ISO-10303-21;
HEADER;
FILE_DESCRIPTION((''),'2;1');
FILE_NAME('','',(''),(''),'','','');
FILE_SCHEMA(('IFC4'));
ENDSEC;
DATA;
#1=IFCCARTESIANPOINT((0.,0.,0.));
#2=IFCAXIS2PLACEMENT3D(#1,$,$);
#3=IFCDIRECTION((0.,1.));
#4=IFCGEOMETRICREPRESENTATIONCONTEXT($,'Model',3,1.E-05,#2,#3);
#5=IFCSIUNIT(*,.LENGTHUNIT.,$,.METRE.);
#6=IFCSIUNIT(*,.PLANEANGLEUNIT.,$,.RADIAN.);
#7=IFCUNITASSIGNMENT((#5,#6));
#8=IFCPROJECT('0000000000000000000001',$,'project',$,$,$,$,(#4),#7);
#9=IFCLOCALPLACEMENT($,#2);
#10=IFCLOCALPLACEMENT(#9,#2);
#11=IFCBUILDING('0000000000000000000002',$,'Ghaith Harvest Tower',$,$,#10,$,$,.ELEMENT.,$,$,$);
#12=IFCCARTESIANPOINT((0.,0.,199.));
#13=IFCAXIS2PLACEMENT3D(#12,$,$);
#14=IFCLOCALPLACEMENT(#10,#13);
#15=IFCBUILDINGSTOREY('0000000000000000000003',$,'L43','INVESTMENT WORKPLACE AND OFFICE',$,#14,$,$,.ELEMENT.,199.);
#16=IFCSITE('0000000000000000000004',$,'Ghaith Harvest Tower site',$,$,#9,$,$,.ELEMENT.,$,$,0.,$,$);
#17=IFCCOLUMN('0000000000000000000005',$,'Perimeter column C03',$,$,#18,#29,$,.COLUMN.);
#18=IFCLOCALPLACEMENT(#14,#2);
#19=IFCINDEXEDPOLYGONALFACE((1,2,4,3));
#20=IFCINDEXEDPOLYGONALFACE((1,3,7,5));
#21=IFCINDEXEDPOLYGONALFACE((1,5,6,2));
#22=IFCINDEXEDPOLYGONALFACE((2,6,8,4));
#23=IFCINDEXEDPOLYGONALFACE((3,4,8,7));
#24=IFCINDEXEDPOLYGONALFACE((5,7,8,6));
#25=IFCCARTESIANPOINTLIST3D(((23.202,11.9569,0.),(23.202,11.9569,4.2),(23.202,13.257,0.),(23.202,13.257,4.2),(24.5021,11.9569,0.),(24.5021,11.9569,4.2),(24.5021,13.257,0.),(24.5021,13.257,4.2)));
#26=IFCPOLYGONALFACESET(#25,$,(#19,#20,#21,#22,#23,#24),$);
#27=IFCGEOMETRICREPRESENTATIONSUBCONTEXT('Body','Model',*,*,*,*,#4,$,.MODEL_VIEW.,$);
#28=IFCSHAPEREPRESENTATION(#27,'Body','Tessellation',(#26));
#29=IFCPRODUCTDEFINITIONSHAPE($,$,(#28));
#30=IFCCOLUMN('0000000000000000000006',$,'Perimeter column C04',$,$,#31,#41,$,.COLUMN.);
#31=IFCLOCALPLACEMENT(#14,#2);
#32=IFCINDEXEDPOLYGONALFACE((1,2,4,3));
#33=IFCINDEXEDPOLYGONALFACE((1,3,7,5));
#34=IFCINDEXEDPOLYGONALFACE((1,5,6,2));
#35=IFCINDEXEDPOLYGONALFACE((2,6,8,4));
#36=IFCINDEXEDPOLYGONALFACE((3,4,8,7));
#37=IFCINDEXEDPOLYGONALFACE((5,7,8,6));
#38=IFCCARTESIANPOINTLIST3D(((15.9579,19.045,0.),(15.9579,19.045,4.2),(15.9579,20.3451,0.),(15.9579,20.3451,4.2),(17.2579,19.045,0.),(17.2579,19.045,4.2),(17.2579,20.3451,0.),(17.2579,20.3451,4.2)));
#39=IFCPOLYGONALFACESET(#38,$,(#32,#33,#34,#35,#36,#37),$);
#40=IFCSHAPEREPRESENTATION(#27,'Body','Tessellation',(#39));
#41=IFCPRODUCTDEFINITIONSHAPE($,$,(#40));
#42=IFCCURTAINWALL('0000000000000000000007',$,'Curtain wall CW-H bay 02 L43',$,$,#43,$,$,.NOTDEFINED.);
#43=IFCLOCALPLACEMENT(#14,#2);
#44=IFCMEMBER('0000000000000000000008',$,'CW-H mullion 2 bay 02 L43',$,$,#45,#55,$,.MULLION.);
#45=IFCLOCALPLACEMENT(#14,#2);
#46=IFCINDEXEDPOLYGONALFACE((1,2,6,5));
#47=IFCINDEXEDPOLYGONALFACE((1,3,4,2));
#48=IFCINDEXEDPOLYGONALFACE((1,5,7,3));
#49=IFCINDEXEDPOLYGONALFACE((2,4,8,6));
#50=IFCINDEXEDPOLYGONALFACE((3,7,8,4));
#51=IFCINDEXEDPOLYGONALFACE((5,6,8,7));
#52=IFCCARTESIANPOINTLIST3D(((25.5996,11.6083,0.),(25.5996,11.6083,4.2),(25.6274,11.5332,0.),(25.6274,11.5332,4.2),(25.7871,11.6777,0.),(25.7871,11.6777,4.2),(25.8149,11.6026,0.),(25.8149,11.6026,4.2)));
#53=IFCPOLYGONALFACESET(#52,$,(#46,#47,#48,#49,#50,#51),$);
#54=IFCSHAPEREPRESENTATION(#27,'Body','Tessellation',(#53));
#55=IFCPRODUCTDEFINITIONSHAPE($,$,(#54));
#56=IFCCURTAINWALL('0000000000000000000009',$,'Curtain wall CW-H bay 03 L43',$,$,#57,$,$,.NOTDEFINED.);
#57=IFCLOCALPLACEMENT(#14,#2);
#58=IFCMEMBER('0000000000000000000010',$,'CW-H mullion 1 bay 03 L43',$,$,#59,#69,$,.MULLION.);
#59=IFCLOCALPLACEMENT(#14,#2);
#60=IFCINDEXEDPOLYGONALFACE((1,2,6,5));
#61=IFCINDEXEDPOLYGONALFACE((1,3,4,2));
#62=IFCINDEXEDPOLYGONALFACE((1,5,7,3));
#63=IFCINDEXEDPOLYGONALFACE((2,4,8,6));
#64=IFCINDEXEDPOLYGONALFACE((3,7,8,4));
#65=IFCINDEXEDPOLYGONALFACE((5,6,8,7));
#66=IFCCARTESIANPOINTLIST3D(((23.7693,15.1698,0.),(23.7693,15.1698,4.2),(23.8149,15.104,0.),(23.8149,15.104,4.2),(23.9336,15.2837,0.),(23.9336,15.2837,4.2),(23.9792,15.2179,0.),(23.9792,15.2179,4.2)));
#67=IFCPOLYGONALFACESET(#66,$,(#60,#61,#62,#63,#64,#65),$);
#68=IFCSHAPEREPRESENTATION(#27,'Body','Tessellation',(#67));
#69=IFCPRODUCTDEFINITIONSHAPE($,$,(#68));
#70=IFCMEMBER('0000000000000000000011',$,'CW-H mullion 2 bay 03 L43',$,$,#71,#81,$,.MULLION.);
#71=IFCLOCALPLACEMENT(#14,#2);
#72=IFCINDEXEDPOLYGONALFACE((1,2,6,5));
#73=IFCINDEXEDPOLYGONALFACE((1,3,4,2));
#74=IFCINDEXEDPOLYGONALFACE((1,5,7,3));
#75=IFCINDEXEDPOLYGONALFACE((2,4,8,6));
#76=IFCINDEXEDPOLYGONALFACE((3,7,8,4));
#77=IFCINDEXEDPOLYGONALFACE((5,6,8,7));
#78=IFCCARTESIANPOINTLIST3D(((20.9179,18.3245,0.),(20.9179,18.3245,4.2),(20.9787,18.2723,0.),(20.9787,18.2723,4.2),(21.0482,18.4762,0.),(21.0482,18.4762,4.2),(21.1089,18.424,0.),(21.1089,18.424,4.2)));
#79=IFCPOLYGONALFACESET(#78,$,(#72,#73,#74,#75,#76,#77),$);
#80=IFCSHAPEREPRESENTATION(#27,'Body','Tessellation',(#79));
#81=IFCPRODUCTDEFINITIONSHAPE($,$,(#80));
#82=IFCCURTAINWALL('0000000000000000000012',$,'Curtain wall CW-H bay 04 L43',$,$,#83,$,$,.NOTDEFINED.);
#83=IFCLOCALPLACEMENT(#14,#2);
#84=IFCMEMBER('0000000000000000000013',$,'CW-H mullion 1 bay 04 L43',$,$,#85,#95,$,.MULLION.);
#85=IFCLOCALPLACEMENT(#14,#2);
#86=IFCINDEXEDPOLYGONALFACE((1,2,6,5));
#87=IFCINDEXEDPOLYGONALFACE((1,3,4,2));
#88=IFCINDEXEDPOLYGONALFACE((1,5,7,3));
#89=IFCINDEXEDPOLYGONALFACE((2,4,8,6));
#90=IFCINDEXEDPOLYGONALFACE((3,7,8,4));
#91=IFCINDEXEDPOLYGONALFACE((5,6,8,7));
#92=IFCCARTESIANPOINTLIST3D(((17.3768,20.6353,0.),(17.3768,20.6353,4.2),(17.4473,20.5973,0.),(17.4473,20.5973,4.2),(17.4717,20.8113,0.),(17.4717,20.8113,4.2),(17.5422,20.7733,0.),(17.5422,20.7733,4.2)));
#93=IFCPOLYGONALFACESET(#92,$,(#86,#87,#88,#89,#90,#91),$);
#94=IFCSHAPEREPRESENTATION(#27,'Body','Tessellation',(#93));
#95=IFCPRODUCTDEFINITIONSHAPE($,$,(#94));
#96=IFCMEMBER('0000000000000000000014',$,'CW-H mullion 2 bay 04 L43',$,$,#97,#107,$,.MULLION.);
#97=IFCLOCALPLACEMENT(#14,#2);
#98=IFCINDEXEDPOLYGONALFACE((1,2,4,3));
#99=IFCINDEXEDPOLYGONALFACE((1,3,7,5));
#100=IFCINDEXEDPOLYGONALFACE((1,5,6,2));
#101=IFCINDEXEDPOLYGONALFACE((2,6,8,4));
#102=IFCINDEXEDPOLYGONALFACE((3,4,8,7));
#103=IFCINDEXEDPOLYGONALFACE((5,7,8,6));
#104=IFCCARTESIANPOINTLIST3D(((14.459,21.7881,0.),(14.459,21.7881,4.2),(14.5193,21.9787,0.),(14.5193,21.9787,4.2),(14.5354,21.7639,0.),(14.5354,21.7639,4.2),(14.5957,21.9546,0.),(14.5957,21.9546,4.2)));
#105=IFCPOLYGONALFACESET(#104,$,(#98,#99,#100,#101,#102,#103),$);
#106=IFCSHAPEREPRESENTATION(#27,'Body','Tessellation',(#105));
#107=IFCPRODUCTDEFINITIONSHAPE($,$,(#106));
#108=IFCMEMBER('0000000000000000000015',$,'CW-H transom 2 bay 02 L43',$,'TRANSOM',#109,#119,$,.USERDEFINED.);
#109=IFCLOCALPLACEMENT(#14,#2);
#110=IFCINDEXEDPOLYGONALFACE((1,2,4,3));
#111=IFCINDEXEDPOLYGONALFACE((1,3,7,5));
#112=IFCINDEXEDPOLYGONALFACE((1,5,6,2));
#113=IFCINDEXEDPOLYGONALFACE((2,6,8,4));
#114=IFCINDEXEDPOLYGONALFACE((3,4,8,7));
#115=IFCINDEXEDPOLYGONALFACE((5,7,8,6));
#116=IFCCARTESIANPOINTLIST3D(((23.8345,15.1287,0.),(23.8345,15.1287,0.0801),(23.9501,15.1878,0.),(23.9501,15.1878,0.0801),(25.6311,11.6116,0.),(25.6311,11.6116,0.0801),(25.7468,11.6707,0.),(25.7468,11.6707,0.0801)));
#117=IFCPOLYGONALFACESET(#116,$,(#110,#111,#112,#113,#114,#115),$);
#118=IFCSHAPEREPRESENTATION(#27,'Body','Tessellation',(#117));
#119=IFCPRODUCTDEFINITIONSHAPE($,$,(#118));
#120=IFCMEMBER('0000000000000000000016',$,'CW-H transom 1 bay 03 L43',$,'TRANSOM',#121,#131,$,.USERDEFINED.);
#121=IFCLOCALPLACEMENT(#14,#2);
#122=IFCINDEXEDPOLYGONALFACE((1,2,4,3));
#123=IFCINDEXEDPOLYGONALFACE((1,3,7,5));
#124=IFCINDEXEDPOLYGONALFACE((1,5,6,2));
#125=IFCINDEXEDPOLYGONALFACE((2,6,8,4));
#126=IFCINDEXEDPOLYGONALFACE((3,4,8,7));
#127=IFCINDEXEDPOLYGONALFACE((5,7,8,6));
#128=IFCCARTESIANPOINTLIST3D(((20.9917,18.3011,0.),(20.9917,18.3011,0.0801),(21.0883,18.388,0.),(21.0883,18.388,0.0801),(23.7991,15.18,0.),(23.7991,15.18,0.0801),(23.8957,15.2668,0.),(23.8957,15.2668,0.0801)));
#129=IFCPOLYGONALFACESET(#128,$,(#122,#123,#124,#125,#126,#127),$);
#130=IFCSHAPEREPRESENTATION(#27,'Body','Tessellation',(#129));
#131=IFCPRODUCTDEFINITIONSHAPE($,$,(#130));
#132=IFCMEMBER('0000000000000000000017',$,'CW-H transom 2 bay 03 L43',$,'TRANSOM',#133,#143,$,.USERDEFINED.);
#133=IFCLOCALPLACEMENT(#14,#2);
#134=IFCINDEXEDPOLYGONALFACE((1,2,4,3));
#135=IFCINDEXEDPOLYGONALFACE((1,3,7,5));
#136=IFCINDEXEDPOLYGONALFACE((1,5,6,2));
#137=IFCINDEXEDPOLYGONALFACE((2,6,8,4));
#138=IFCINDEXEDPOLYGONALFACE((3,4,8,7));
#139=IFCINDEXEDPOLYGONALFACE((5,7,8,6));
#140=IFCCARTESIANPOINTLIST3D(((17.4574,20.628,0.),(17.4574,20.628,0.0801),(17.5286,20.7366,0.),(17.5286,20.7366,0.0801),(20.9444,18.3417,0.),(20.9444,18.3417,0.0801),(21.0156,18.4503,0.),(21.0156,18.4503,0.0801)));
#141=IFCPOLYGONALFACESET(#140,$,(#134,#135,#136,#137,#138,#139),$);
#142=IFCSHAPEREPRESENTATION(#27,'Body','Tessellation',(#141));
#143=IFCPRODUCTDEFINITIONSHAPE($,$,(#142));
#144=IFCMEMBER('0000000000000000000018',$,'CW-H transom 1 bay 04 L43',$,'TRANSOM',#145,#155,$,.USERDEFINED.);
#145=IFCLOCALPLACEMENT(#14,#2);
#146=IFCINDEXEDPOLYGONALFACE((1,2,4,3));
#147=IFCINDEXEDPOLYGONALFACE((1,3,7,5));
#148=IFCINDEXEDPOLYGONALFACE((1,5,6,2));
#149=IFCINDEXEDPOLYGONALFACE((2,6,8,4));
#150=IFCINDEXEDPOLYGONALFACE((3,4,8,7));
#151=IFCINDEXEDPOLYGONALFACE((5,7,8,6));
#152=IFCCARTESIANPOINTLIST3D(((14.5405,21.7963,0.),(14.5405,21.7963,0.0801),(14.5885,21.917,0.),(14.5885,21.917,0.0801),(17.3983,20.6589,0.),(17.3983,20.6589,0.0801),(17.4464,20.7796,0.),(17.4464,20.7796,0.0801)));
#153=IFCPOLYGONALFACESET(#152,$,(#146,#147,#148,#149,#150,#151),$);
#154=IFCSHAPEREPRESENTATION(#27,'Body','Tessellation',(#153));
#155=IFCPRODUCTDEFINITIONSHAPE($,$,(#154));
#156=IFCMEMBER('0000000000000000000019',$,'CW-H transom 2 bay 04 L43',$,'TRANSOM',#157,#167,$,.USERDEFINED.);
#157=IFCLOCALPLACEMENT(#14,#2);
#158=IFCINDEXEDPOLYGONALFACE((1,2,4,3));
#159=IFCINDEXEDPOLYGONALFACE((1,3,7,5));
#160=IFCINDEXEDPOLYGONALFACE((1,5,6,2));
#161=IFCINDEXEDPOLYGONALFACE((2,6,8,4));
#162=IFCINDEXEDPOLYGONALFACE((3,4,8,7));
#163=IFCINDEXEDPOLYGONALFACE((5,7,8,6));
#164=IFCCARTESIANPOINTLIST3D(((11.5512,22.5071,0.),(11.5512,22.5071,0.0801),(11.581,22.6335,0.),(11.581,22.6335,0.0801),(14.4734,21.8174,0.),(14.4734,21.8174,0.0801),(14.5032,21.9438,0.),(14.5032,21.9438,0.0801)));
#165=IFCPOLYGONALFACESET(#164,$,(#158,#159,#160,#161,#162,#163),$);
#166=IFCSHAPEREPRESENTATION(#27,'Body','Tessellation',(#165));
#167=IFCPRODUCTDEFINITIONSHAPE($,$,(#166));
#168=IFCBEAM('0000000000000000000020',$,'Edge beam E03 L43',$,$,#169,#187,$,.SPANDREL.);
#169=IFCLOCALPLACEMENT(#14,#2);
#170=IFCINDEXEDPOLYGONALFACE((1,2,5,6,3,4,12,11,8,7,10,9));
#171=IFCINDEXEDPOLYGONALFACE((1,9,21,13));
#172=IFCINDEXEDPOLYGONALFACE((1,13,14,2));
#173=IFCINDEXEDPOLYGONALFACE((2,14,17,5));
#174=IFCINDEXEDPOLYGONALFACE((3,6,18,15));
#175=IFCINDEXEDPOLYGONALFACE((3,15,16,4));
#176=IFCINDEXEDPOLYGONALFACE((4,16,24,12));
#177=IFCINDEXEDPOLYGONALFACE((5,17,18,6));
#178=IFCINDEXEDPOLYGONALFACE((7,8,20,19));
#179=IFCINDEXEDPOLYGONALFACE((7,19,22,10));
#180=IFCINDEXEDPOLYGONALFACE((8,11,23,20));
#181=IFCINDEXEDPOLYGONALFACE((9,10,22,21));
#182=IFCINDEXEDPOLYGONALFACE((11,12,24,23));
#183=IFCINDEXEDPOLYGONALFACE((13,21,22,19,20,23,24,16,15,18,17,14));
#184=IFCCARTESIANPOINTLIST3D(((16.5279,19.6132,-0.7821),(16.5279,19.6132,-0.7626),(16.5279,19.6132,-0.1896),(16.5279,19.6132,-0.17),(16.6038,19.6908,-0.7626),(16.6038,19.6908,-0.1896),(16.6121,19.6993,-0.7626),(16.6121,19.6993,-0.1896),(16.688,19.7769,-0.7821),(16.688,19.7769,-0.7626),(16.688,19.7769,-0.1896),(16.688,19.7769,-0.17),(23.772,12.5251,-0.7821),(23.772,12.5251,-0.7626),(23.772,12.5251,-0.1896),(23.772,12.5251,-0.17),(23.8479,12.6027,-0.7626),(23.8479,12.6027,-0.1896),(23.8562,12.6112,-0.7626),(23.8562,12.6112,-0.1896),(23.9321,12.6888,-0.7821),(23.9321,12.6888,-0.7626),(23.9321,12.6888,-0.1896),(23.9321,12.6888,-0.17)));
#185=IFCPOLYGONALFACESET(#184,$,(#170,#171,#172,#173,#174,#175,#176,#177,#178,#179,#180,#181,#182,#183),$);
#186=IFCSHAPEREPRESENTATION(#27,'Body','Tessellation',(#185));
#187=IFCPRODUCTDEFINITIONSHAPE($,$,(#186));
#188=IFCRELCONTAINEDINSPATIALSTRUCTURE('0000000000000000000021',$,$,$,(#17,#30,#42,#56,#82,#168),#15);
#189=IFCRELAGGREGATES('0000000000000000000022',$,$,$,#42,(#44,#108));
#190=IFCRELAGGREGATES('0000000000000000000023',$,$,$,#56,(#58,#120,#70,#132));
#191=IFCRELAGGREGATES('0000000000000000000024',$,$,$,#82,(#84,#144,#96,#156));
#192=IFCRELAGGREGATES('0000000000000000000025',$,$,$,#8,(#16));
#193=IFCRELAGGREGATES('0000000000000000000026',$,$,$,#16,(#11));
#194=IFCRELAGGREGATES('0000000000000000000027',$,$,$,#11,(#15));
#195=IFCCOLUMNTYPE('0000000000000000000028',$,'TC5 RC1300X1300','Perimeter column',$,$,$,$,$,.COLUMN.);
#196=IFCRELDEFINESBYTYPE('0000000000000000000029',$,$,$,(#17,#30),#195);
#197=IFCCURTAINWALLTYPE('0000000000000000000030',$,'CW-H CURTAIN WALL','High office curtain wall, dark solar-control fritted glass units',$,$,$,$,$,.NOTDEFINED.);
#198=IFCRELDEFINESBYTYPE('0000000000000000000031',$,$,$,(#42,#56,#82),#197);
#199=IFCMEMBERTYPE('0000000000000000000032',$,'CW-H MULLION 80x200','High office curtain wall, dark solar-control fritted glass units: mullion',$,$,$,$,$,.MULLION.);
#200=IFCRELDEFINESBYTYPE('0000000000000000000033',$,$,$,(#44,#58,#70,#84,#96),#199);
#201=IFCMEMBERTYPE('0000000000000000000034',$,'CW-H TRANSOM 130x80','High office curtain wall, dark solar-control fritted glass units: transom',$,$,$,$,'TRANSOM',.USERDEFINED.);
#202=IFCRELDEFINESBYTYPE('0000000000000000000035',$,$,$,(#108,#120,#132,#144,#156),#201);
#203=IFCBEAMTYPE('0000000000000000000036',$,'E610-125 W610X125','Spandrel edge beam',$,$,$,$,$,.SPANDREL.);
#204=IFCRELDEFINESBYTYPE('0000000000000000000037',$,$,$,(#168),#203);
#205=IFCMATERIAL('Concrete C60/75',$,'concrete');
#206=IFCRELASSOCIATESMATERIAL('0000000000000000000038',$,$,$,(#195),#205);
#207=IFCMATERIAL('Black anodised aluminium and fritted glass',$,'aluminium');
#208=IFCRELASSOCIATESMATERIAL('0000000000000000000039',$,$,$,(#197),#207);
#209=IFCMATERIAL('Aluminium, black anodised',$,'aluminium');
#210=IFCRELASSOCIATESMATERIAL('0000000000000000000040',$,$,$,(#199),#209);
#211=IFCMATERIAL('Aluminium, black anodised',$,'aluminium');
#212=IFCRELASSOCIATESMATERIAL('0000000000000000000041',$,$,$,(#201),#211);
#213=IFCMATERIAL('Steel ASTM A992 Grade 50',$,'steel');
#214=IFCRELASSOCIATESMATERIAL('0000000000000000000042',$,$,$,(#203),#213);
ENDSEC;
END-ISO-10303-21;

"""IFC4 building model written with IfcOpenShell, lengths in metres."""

from ifc_helpers import new_model, si_unit, direction, frame, origin, origin_2d, place, context, subcontext, project, spatial, rectangle, i_section, extrude, material, material_profile, profile_set, type_object, element, aggregate, save


model = new_model("IFC4")

# Units and contexts
model_context = context("Model", 3, precision=1e-05, world=origin(), true_north=direction((0.0, 1.0)))
body_context = subcontext(model_context, "Body", "Model", "MODEL_VIEW")
ifc_project = project(units=[si_unit("LENGTHUNIT", "METRE"), si_unit("PLANEANGLEUNIT", "RADIAN")], contexts=[model_context])

# Site, building, storey
site_placement = place(None, origin())
site = spatial("IfcSite", under=ifc_project, at=site_placement, Name="Ghaith Harvest Tower site", CompositionType="ELEMENT", RefElevation=0.0)
building_placement = place(site_placement, origin())
building = spatial("IfcBuilding", under=site, at=building_placement, Name="Ghaith Harvest Tower", CompositionType="ELEMENT")
storey_placement = place(building_placement, frame((0.0, 0.0, 199.0)))
storey = spatial("IfcBuildingStorey", under=building, at=storey_placement, Name="L43", Description="INVESTMENT WORKPLACE AND OFFICE", CompositionType="ELEMENT", Elevation=199.0)

# Columns
ifc_material_1 = material(Name="Concrete C60/75", Category="concrete")
ifc_material_profile_1 = material_profile(ifc_material_1, rectangle(XDim=1.3, YDim=1.3, at=origin_2d()), Name="RC1300X1300")
ifc_profile_set_1 = profile_set([ifc_material_profile_1], Name="Concrete C60/75")
column_type = type_object("IfcColumnType", Name="TC5 RC1300X1300", Description="Perimeter column", PredefinedType="COLUMN", material=ifc_profile_set_1)
for number, where, z_axis, x_axis, name in (
    (1, (23.8521, 12.6069, 0.0), (0.0, 0.0, 1.0), (1.0, 0.0, 0.0), "Perimeter column C03"),
    (2, (16.6079, 19.6951, 0.0), (0.0, 0.0, 1.0), (1.0, 0.0, 0.0), "Perimeter column C04"),
):
    element("IfcColumn", number, at=place(storey_placement, frame(where, z_axis=z_axis, x_axis=x_axis)), inside=storey, type_object=column_type, Name=name, PredefinedType="COLUMN", context=body_context, shape_type="SweptSolid", body=[
        extrude(rectangle(XDim=1.3, YDim=1.3, at=origin_2d()), origin(), (0.0, 0.0, 1.0), 4.2),
    ])

# Curtain wall, member
ifc_material_2 = material(Name="Black anodised aluminium and fritted glass", Category="aluminium")
curtain_wall_type = type_object("IfcCurtainWallType", Name="CW-H CURTAIN WALL", Description="High office curtain wall, dark solar-control fritted glass units", PredefinedType="NOTDEFINED", material=ifc_material_2)
curtain_wall_1_placement = place(storey_placement, origin())
curtain_wall_1 = element("IfcCurtainWall", 3, at=curtain_wall_1_placement, inside=storey, type_object=curtain_wall_type, Name="Curtain wall CW-H bay 02 L43", PredefinedType="NOTDEFINED")
ifc_material_3 = material(Name="Aluminium, black anodised", Category="aluminium")
ifc_material_profile_2 = material_profile(ifc_material_3, rectangle(XDim=0.0801, YDim=0.2, at=origin_2d()), Name="CW-H MULLION 80x200")
ifc_profile_set_2 = profile_set([ifc_material_profile_2], Name="Aluminium, black anodised")
member_type_1 = type_object("IfcMemberType", Name="CW-H MULLION 80x200", Description="High office curtain wall, dark solar-control fritted glass units: mullion", PredefinedType="MULLION", material=ifc_profile_set_2)
member_1_placement = place(storey_placement, frame((25.7073, 11.6055, 0.0), z_axis=(0.0, 0.0, 1.0), x_axis=(-0.347012, 0.937861, 0.0)))
member_1 = element("IfcMember", 4, at=member_1_placement, type_object=member_type_1, Name="CW-H mullion 2 bay 02 L43", PredefinedType="MULLION", context=body_context, shape_type="SweptSolid", body=[
    extrude(rectangle(XDim=0.0801, YDim=0.2, at=origin_2d()), origin(), (0.0, 0.0, 1.0), 4.2),
])

# Curtain walls, members
curtain_wall_2_placement = place(storey_placement, origin())
curtain_wall_2 = element("IfcCurtainWall", 5, at=curtain_wall_2_placement, inside=storey, type_object=curtain_wall_type, Name="Curtain wall CW-H bay 03 L43", PredefinedType="NOTDEFINED")
member_2_placement = place(storey_placement, frame((23.8743, 15.1938, 0.0), z_axis=(0.0, 0.0, 1.0), x_axis=(-0.569847, 0.821751, 0.0)))
member_2 = element("IfcMember", 6, at=member_2_placement, type_object=member_type_1, Name="CW-H mullion 1 bay 03 L43", PredefinedType="MULLION", context=body_context, shape_type="SweptSolid", body=[
    extrude(rectangle(XDim=0.0801, YDim=0.2, at=origin_2d()), origin(), (0.0, 0.0, 1.0), 4.2),
])
member_3_placement = place(storey_placement, frame((21.0134, 18.3743, 0.0), z_axis=(0.0, 0.0, 1.0), x_axis=(-0.758541, 0.651625, 0.0)))
member_3 = element("IfcMember", 7, at=member_3_placement, type_object=member_type_1, Name="CW-H mullion 2 bay 03 L43", PredefinedType="MULLION", context=body_context, shape_type="SweptSolid", body=[
    extrude(rectangle(XDim=0.0801, YDim=0.2, at=origin_2d()), origin(), (0.0, 0.0, 1.0), 4.2),
])
curtain_wall_3_placement = place(storey_placement, origin())
curtain_wall_3 = element("IfcCurtainWall", 8, at=curtain_wall_3_placement, inside=storey, type_object=curtain_wall_type, Name="Curtain wall CW-H bay 04 L43", PredefinedType="NOTDEFINED")
member_4_placement = place(storey_placement, frame((17.4595, 20.7043, 0.0), z_axis=(0.0, 0.0, 1.0), x_axis=(-0.880203, 0.474597, 0.0)))
member_4 = element("IfcMember", 9, at=member_4_placement, type_object=member_type_1, Name="CW-H mullion 1 bay 04 L43", PredefinedType="MULLION", context=body_context, shape_type="SweptSolid", body=[
    extrude(rectangle(XDim=0.0801, YDim=0.2, at=origin_2d()), origin(), (0.0, 0.0, 1.0), 4.2),
])
member_5_placement = place(storey_placement, frame((14.5273, 21.8713, 0.0), z_axis=(0.0, 0.0, 1.0), x_axis=(-0.953503, 0.301384, 0.0)))
member_5 = element("IfcMember", 10, at=member_5_placement, type_object=member_type_1, Name="CW-H mullion 2 bay 04 L43", PredefinedType="MULLION", context=body_context, shape_type="SweptSolid", body=[
    extrude(rectangle(XDim=0.0801, YDim=0.2, at=origin_2d()), origin(), (0.0, 0.0, 1.0), 4.2),
])

# Members
ifc_material_4 = material(Name="Aluminium, black anodised", Category="aluminium")
ifc_material_profile_3 = material_profile(ifc_material_4, rectangle(XDim=0.1299, YDim=0.0801, at=origin_2d()), Name="CW-H TRANSOM 130x80")
ifc_profile_set_3 = profile_set([ifc_material_profile_3], Name="Aluminium, black anodised")
member_type_2 = type_object("IfcMemberType", Name="CW-H TRANSOM 130x80", Description="High office curtain wall, dark solar-control fritted glass units: transom", ElementType="TRANSOM", PredefinedType="USERDEFINED", material=ifc_profile_set_3)
member_6_placement = place(storey_placement, frame((25.689, 11.6411, 0.04), z_axis=(-0.454912, 0.890537, 0.0), x_axis=(-0.890537, -0.454912, 0.0)))
member_6 = element("IfcMember", 11, at=member_6_placement, type_object=member_type_2, Name="CW-H transom 2 bay 02 L43", ObjectType="TRANSOM", PredefinedType="USERDEFINED", context=body_context, shape_type="SweptSolid", body=[
    extrude(rectangle(XDim=0.1299, YDim=0.0801, at=origin_2d()), origin(), (0.0, 0.0, 1.0), 3.9495),
])
member_7_placement = place(storey_placement, frame((23.8474, 15.2234, 0.04), z_axis=(-0.668753, 0.743485, 0.0), x_axis=(-0.743485, -0.668753, 0.0)))
member_7 = element("IfcMember", 12, at=member_7_placement, type_object=member_type_2, Name="CW-H transom 1 bay 03 L43", ObjectType="TRANSOM", PredefinedType="USERDEFINED", context=body_context, shape_type="SweptSolid", body=[
    extrude(rectangle(XDim=0.1299, YDim=0.0801, at=origin_2d()), origin(), (0.0, 0.0, 1.0), 4.198),
])
member_8_placement = place(storey_placement, frame((20.98, 18.396, 0.04), z_axis=(-0.836269, 0.54832, 0.0), x_axis=(-0.54832, -0.836269, 0.0)))
member_8 = element("IfcMember", 13, at=member_8_placement, type_object=member_type_2, Name="CW-H transom 2 bay 03 L43", ObjectType="TRANSOM", PredefinedType="USERDEFINED", context=body_context, shape_type="SweptSolid", body=[
    extrude(rectangle(XDim=0.1299, YDim=0.0801, at=origin_2d()), origin(), (0.0, 0.0, 1.0), 4.1697),
])
member_9_placement = place(storey_placement, frame((17.4224, 20.7192, 0.04), z_axis=(-0.929116, 0.369789, 0.0), x_axis=(-0.369789, -0.929116, 0.0)))
member_9 = element("IfcMember", 14, at=member_9_placement, type_object=member_type_2, Name="CW-H transom 1 bay 04 L43", ObjectType="TRANSOM", PredefinedType="USERDEFINED", context=body_context, shape_type="SweptSolid", body=[
    extrude(rectangle(XDim=0.1299, YDim=0.0801, at=origin_2d()), origin(), (0.0, 0.0, 1.0), 3.0759),
])
member_10_placement = place(storey_placement, frame((14.4883, 21.8806, 0.04), z_axis=(-0.973258, 0.229715, 0.0), x_axis=(-0.229715, -0.973258, 0.0)))
member_10 = element("IfcMember", 15, at=member_10_placement, type_object=member_type_2, Name="CW-H transom 2 bay 04 L43", ObjectType="TRANSOM", PredefinedType="USERDEFINED", context=body_context, shape_type="SweptSolid", body=[
    extrude(rectangle(XDim=0.1299, YDim=0.0801, at=origin_2d()), origin(), (0.0, 0.0, 1.0), 3.0024),
])

# Beam
ifc_material_5 = material(Name="Steel ASTM A992 Grade 50", Category="steel")
ifc_material_profile_4 = material_profile(ifc_material_5, i_section(OverallWidth=0.229, OverallDepth=0.6121, WebThickness=0.012, FlangeThickness=0.0195, at=origin_2d()), Name="W610X125")
ifc_profile_set_4 = profile_set([ifc_material_profile_4], Name="Steel ASTM A992 Grade 50")
beam_type = type_object("IfcBeamType", Name="E610-125 W610X125", Description="Spandrel edge beam", PredefinedType="SPANDREL", material=ifc_profile_set_4)
beam_1_placement = place(storey_placement, frame((23.8521, 12.6069, -0.4761), z_axis=(-0.714761, 0.699369, 0.0), x_axis=(-0.699369, -0.714761, 0.0)))
element("IfcBeam", 16, at=beam_1_placement, inside=storey, type_object=beam_type, Name="Edge beam E03 L43", PredefinedType="SPANDREL", context=body_context, shape_type="SweptSolid", body=[
    extrude(i_section(OverallWidth=0.229, OverallDepth=0.6121, WebThickness=0.012, FlangeThickness=0.0195, at=origin_2d()), origin(), (0.0, 0.0, 1.0), 10.135),
])

aggregate(curtain_wall_1, [member_1, member_6])
aggregate(curtain_wall_2, [member_2, member_7, member_3, member_8])
aggregate(curtain_wall_3, [member_4, member_9, member_5, member_10])

save(model, "model.ifc")
